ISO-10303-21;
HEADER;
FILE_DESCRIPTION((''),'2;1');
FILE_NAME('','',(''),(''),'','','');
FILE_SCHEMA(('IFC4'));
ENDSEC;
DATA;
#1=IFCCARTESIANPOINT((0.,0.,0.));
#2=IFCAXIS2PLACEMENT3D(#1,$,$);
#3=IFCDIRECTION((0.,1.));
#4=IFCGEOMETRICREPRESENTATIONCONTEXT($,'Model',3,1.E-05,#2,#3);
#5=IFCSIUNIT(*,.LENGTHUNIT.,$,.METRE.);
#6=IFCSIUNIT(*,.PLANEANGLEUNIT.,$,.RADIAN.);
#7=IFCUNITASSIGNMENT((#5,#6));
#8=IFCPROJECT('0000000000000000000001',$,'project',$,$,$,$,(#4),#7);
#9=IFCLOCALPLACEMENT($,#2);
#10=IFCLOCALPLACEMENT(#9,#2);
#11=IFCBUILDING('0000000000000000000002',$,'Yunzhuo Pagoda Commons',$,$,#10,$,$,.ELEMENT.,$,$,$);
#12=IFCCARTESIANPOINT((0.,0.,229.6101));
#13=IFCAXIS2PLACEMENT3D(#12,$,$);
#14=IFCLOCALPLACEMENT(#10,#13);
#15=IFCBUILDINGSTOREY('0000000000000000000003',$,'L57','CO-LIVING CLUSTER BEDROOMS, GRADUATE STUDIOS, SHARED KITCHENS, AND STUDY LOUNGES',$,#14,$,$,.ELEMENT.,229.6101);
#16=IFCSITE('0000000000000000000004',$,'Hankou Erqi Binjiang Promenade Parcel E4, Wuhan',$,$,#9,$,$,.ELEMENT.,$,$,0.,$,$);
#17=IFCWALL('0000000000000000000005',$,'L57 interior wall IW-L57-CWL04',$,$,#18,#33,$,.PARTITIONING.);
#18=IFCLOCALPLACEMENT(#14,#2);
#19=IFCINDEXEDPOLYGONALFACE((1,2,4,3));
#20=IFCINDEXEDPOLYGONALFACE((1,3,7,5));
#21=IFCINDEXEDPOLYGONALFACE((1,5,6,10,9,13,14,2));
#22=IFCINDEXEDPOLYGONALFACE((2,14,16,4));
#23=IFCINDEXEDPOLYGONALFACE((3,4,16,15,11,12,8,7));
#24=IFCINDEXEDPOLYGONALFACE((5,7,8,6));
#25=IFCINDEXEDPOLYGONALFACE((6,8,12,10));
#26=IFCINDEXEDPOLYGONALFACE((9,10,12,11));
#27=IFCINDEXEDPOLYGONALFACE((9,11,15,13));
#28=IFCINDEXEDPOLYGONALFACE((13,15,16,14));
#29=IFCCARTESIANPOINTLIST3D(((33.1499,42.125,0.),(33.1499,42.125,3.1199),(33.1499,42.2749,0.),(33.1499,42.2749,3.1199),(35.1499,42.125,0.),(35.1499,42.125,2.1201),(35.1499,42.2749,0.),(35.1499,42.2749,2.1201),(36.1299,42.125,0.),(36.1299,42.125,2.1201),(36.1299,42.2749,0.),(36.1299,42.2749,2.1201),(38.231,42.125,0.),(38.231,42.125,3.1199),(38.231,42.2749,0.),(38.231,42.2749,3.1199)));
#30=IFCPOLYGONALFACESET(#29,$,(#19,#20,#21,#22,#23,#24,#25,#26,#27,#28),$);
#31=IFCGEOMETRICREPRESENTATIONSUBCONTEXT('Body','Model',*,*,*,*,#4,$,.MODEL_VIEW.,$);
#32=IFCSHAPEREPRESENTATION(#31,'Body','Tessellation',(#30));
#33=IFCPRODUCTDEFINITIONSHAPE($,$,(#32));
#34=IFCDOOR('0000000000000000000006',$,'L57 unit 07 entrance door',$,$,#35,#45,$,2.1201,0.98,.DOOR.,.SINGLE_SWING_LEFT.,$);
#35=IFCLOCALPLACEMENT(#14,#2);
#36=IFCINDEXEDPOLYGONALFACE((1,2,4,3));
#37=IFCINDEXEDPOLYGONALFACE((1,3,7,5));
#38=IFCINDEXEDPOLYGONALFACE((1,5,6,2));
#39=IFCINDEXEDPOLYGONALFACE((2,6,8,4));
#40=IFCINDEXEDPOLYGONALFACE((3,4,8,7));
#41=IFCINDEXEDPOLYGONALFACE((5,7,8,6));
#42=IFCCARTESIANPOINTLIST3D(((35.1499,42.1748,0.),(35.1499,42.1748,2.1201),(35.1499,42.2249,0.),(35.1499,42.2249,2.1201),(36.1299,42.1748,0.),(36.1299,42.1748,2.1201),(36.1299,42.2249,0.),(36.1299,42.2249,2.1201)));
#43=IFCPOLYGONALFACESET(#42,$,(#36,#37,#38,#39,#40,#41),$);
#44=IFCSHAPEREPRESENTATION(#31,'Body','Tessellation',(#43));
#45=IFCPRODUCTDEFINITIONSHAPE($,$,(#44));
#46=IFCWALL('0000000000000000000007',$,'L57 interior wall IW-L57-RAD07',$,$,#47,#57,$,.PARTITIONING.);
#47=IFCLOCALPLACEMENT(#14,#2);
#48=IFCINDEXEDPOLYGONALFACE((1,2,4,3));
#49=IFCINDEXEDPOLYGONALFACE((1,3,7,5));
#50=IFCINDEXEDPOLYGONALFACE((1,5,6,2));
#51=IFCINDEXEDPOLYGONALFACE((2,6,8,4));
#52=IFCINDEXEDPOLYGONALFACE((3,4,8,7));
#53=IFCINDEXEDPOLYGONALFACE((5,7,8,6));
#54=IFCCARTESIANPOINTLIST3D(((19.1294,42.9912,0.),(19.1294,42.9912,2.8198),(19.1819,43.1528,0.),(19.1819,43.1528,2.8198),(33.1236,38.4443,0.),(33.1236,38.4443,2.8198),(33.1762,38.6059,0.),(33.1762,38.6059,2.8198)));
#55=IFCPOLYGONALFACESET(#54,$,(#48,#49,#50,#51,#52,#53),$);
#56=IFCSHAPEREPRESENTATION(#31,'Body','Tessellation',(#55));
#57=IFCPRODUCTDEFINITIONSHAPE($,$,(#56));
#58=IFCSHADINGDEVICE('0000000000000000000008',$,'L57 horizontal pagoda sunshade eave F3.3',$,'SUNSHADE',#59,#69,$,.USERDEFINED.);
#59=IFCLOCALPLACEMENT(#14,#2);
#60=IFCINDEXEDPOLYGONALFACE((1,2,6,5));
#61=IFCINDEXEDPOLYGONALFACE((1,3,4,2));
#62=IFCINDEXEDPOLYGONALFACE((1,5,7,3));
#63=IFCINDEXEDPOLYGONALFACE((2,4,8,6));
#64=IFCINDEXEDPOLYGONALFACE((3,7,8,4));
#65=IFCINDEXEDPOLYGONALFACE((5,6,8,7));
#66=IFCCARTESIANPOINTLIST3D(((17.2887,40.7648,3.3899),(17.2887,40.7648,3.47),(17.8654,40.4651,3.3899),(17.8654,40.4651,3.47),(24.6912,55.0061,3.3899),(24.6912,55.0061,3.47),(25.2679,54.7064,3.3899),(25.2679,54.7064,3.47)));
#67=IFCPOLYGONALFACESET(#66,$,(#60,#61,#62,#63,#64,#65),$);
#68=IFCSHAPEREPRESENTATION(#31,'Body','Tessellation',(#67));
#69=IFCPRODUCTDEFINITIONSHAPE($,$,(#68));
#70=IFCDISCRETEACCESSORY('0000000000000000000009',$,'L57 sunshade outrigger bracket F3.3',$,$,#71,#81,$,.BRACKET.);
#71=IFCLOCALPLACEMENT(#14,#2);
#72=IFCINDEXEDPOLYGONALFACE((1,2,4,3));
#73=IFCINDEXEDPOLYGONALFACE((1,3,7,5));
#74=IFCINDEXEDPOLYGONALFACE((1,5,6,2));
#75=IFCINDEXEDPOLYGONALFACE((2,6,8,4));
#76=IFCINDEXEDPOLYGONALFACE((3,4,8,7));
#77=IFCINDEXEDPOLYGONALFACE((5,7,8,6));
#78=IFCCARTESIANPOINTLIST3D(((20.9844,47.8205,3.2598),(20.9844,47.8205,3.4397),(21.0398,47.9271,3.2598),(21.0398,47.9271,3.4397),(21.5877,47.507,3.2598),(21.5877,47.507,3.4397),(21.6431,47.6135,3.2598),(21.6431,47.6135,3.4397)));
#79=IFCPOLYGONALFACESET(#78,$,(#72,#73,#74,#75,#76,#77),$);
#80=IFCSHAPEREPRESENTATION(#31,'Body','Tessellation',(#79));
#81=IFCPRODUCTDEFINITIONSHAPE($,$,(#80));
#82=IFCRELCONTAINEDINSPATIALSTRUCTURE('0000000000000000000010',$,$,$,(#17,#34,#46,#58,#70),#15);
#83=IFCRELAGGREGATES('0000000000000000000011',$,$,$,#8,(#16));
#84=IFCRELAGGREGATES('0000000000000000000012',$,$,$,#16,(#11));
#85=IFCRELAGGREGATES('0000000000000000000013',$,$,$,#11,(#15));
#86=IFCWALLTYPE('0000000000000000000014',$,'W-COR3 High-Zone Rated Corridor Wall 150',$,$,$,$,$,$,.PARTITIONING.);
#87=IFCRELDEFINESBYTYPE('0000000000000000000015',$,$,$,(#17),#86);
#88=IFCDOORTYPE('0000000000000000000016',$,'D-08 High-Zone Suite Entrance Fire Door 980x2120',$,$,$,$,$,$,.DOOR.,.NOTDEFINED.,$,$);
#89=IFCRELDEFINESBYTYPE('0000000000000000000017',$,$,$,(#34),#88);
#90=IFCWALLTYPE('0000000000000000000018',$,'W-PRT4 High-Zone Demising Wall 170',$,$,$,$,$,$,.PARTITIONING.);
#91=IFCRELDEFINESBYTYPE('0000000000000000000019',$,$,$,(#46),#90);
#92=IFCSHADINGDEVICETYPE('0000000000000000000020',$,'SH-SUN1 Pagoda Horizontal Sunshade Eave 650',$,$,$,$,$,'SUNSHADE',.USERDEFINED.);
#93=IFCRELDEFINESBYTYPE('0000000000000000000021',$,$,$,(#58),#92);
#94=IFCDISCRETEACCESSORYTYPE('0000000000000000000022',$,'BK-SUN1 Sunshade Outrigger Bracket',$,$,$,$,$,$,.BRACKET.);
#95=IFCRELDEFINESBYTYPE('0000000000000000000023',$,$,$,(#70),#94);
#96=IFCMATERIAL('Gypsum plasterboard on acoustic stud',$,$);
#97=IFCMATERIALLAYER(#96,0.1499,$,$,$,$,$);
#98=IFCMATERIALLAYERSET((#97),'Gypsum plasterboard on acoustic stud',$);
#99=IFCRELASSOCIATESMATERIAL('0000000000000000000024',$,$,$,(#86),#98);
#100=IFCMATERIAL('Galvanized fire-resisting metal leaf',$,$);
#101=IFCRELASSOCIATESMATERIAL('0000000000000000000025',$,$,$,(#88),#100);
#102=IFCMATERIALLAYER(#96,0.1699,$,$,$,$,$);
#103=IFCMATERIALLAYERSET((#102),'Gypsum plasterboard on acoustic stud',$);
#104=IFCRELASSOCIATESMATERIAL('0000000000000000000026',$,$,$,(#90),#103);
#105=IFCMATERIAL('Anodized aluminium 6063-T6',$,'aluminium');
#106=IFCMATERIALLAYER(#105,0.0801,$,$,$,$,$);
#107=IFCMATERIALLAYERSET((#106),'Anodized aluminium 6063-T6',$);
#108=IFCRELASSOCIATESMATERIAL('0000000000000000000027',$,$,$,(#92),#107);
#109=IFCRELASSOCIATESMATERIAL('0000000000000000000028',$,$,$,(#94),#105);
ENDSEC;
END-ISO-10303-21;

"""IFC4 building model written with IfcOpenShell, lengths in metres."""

from ifc_helpers import new_model, si_unit, direction, frame, frame_2d, origin, origin_with_axes, origin_2d, place, context, subcontext, project, spatial, rectangle, extrude, source, transform, mapped, material, layer, layer_set, type_object, element, fill, save


model = new_model("IFC4")

# Units and contexts
model_context = context("Model", 3, precision=1e-05, world=origin(), true_north=direction((0.0, 1.0)))
body_context = subcontext(model_context, "Body", "Model", "MODEL_VIEW")
ifc_project = project(units=[si_unit("LENGTHUNIT", "METRE"), si_unit("PLANEANGLEUNIT", "RADIAN")], contexts=[model_context])

# Site, building, storey
site_placement = place(None, origin())
site = spatial("IfcSite", under=ifc_project, at=site_placement, Name="Hankou Erqi Binjiang Promenade Parcel E4, Wuhan", CompositionType="ELEMENT", RefElevation=0.0)
building_placement = place(site_placement, origin())
building = spatial("IfcBuilding", under=site, at=building_placement, Name="Yunzhuo Pagoda Commons", CompositionType="ELEMENT")
storey_placement = place(building_placement, frame((0.0, 0.0, 229.6101)))
storey = spatial("IfcBuildingStorey", under=building, at=storey_placement, Name="L57", Description="CO-LIVING CLUSTER BEDROOMS, GRADUATE STUDIOS, SHARED KITCHENS, AND STUDY LOUNGES", CompositionType="ELEMENT", Elevation=229.6101)

# Shared definitions
ifc_material_1 = material(Name="Anodized aluminium 6063-T6", Category="aluminium")

# Shared definitions
ifc_material_2 = material(Name="Galvanized fire-resisting metal leaf")

# Shared definitions
ifc_material_3 = material(Name="Gypsum plasterboard on acoustic stud")
ifc_layer_1 = layer(ifc_material_3, 0.1499)
ifc_layer_set_1 = layer_set([ifc_layer_1], Name="Gypsum plasterboard on acoustic stud")
wall_type_1 = type_object("IfcWallType", Name="W-COR3 High-Zone Rated Corridor Wall 150", PredefinedType="PARTITIONING", material=ifc_layer_set_1)

# Wall, opening, door
wall_1_placement = place(storey_placement, frame((33.1499, 42.2, 0.0), z_axis=(0.0, 0.0, 1.0), x_axis=(1.0, 0.0, 0.0)))
wall_1 = element("IfcWall", 1, at=wall_1_placement, inside=storey, type_object=wall_type_1, Name="L57 interior wall IW-L57-CWL04", PredefinedType="PARTITIONING", context=body_context, shape_type="SweptSolid", body=[
    extrude(rectangle(XDim=5.0811, YDim=0.1499, at=frame_2d((2.5405, 0.0))), origin(), (0.0, 0.0, 1.0), 3.1199),
])
opening_1_placement = place(wall_1_placement, frame((2.0, 0.0, 0.0)))
opening_1 = element("IfcOpeningElement", 2, at=opening_1_placement, cuts=wall_1, PredefinedType="OPENING", context=body_context, shape_type="SweptSolid", body=[
    extrude(rectangle(XDim=0.98, YDim=2.1201, at=frame_2d((0.49, 1.0601))), frame((0.0, 0.085, 0.0), z_axis=(0.0, -1.0, 0.0), x_axis=(1.0, 0.0, 0.0)), (0.0, 0.0, 1.0), 0.1699),
])
door_type_1 = type_object("IfcDoorType", Name="D-08 High-Zone Suite Entrance Fire Door 980x2120", OperationType="NOTDEFINED", PredefinedType="DOOR", material=ifc_material_2)
shared_shape_1 = source(origin(), body_context, "Body", "SweptSolid", [
    extrude(rectangle(XDim=0.98, YDim=2.1201, at=frame_2d((0.49, 1.0601))), frame((0.0, 0.0249, 0.0), z_axis=(0.0, -1.0, 0.0), x_axis=(1.0, 0.0, 0.0)), (0.0, 0.0, 1.0), 0.05),
])
door_1_placement = place(opening_1_placement, origin_with_axes())
door_1 = element("IfcDoor", 3, at=door_1_placement, inside=storey, type_object=door_type_1, Name="L57 unit 07 entrance door", OperationType="SINGLE_SWING_LEFT", OverallHeight=2.1201, OverallWidth=0.98, PredefinedType="DOOR", context=body_context, shape_type="MappedRepresentation", body=[
    mapped(shared_shape_1, transform((0.0, 0.0, 0.0), scale=1.0)),
])
fill(opening_1, door_1)

# Wall
ifc_layer_2 = layer(ifc_material_3, 0.1699)
ifc_layer_set_2 = layer_set([ifc_layer_2], Name="Gypsum plasterboard on acoustic stud")
wall_type_2 = type_object("IfcWallType", Name="W-PRT4 High-Zone Demising Wall 170", PredefinedType="PARTITIONING", material=ifc_layer_set_2)
wall_2_placement = place(storey_placement, frame((33.1499, 38.5251, 0.0), z_axis=(0.0, 0.0, 1.0), x_axis=(-0.951058, 0.309011, 0.0)))
element("IfcWall", 4, at=wall_2_placement, inside=storey, type_object=wall_type_2, Name="L57 interior wall IW-L57-RAD07", PredefinedType="PARTITIONING", context=body_context, shape_type="SweptSolid", body=[
    extrude(rectangle(XDim=14.7144, YDim=0.1699, at=frame_2d((7.3572, 0.0))), origin(), (0.0, 0.0, 1.0), 2.8198),
])

# Shading device
ifc_layer_3 = layer(ifc_material_1, 0.0801)
ifc_layer_set_3 = layer_set([ifc_layer_3], Name="Anodized aluminium 6063-T6")
shading_device_type = type_object("IfcShadingDeviceType", Name="SH-SUN1 Pagoda Horizontal Sunshade Eave 650", ElementType="SUNSHADE", PredefinedType="USERDEFINED", material=ifc_layer_set_3)
shared_shape_2 = source(origin(), body_context, "Body", "SweptSolid", [
    extrude(rectangle(XDim=16.0503, YDim=0.6499, at=origin_2d()), origin(), (0.0, 0.0, 1.0), 0.0801),
])
shading_device_placement = place(storey_placement, frame((21.2783, 47.7356, 3.3899), z_axis=(0.0, 0.0, 1.0), x_axis=(-0.461207, -0.887293, 0.0)))
element("IfcShadingDevice", 5, at=shading_device_placement, inside=storey, type_object=shading_device_type, Name="L57 horizontal pagoda sunshade eave F3.3", ObjectType="SUNSHADE", PredefinedType="USERDEFINED", context=body_context, shape_type="MappedRepresentation", body=[
    mapped(shared_shape_2, transform((0.0, 0.0, 0.0), scale=1.0)),
])

# Discrete accessory
discrete_accessory_type = type_object("IfcDiscreteAccessoryType", Name="BK-SUN1 Sunshade Outrigger Bracket", PredefinedType="BRACKET", material=ifc_material_1)
shared_shape_3 = source(origin(), body_context, "Body", "SweptSolid", [
    extrude(rectangle(XDim=0.1201, YDim=0.6799, at=origin_2d()), origin(), (0.0, 0.0, 1.0), 0.1799),
])
discrete_accessory_placement = place(storey_placement, frame((21.3137, 47.717, 3.2598), z_axis=(0.0, 0.0, 1.0), x_axis=(-0.461207, -0.887293, 0.0)))
element("IfcDiscreteAccessory", 6, at=discrete_accessory_placement, inside=storey, type_object=discrete_accessory_type, Name="L57 sunshade outrigger bracket F3.3", PredefinedType="BRACKET", context=body_context, shape_type="MappedRepresentation", body=[
    mapped(shared_shape_3, transform((0.0, 0.0, 0.0), scale=1.0)),
])

save(model, "model.ifc")
